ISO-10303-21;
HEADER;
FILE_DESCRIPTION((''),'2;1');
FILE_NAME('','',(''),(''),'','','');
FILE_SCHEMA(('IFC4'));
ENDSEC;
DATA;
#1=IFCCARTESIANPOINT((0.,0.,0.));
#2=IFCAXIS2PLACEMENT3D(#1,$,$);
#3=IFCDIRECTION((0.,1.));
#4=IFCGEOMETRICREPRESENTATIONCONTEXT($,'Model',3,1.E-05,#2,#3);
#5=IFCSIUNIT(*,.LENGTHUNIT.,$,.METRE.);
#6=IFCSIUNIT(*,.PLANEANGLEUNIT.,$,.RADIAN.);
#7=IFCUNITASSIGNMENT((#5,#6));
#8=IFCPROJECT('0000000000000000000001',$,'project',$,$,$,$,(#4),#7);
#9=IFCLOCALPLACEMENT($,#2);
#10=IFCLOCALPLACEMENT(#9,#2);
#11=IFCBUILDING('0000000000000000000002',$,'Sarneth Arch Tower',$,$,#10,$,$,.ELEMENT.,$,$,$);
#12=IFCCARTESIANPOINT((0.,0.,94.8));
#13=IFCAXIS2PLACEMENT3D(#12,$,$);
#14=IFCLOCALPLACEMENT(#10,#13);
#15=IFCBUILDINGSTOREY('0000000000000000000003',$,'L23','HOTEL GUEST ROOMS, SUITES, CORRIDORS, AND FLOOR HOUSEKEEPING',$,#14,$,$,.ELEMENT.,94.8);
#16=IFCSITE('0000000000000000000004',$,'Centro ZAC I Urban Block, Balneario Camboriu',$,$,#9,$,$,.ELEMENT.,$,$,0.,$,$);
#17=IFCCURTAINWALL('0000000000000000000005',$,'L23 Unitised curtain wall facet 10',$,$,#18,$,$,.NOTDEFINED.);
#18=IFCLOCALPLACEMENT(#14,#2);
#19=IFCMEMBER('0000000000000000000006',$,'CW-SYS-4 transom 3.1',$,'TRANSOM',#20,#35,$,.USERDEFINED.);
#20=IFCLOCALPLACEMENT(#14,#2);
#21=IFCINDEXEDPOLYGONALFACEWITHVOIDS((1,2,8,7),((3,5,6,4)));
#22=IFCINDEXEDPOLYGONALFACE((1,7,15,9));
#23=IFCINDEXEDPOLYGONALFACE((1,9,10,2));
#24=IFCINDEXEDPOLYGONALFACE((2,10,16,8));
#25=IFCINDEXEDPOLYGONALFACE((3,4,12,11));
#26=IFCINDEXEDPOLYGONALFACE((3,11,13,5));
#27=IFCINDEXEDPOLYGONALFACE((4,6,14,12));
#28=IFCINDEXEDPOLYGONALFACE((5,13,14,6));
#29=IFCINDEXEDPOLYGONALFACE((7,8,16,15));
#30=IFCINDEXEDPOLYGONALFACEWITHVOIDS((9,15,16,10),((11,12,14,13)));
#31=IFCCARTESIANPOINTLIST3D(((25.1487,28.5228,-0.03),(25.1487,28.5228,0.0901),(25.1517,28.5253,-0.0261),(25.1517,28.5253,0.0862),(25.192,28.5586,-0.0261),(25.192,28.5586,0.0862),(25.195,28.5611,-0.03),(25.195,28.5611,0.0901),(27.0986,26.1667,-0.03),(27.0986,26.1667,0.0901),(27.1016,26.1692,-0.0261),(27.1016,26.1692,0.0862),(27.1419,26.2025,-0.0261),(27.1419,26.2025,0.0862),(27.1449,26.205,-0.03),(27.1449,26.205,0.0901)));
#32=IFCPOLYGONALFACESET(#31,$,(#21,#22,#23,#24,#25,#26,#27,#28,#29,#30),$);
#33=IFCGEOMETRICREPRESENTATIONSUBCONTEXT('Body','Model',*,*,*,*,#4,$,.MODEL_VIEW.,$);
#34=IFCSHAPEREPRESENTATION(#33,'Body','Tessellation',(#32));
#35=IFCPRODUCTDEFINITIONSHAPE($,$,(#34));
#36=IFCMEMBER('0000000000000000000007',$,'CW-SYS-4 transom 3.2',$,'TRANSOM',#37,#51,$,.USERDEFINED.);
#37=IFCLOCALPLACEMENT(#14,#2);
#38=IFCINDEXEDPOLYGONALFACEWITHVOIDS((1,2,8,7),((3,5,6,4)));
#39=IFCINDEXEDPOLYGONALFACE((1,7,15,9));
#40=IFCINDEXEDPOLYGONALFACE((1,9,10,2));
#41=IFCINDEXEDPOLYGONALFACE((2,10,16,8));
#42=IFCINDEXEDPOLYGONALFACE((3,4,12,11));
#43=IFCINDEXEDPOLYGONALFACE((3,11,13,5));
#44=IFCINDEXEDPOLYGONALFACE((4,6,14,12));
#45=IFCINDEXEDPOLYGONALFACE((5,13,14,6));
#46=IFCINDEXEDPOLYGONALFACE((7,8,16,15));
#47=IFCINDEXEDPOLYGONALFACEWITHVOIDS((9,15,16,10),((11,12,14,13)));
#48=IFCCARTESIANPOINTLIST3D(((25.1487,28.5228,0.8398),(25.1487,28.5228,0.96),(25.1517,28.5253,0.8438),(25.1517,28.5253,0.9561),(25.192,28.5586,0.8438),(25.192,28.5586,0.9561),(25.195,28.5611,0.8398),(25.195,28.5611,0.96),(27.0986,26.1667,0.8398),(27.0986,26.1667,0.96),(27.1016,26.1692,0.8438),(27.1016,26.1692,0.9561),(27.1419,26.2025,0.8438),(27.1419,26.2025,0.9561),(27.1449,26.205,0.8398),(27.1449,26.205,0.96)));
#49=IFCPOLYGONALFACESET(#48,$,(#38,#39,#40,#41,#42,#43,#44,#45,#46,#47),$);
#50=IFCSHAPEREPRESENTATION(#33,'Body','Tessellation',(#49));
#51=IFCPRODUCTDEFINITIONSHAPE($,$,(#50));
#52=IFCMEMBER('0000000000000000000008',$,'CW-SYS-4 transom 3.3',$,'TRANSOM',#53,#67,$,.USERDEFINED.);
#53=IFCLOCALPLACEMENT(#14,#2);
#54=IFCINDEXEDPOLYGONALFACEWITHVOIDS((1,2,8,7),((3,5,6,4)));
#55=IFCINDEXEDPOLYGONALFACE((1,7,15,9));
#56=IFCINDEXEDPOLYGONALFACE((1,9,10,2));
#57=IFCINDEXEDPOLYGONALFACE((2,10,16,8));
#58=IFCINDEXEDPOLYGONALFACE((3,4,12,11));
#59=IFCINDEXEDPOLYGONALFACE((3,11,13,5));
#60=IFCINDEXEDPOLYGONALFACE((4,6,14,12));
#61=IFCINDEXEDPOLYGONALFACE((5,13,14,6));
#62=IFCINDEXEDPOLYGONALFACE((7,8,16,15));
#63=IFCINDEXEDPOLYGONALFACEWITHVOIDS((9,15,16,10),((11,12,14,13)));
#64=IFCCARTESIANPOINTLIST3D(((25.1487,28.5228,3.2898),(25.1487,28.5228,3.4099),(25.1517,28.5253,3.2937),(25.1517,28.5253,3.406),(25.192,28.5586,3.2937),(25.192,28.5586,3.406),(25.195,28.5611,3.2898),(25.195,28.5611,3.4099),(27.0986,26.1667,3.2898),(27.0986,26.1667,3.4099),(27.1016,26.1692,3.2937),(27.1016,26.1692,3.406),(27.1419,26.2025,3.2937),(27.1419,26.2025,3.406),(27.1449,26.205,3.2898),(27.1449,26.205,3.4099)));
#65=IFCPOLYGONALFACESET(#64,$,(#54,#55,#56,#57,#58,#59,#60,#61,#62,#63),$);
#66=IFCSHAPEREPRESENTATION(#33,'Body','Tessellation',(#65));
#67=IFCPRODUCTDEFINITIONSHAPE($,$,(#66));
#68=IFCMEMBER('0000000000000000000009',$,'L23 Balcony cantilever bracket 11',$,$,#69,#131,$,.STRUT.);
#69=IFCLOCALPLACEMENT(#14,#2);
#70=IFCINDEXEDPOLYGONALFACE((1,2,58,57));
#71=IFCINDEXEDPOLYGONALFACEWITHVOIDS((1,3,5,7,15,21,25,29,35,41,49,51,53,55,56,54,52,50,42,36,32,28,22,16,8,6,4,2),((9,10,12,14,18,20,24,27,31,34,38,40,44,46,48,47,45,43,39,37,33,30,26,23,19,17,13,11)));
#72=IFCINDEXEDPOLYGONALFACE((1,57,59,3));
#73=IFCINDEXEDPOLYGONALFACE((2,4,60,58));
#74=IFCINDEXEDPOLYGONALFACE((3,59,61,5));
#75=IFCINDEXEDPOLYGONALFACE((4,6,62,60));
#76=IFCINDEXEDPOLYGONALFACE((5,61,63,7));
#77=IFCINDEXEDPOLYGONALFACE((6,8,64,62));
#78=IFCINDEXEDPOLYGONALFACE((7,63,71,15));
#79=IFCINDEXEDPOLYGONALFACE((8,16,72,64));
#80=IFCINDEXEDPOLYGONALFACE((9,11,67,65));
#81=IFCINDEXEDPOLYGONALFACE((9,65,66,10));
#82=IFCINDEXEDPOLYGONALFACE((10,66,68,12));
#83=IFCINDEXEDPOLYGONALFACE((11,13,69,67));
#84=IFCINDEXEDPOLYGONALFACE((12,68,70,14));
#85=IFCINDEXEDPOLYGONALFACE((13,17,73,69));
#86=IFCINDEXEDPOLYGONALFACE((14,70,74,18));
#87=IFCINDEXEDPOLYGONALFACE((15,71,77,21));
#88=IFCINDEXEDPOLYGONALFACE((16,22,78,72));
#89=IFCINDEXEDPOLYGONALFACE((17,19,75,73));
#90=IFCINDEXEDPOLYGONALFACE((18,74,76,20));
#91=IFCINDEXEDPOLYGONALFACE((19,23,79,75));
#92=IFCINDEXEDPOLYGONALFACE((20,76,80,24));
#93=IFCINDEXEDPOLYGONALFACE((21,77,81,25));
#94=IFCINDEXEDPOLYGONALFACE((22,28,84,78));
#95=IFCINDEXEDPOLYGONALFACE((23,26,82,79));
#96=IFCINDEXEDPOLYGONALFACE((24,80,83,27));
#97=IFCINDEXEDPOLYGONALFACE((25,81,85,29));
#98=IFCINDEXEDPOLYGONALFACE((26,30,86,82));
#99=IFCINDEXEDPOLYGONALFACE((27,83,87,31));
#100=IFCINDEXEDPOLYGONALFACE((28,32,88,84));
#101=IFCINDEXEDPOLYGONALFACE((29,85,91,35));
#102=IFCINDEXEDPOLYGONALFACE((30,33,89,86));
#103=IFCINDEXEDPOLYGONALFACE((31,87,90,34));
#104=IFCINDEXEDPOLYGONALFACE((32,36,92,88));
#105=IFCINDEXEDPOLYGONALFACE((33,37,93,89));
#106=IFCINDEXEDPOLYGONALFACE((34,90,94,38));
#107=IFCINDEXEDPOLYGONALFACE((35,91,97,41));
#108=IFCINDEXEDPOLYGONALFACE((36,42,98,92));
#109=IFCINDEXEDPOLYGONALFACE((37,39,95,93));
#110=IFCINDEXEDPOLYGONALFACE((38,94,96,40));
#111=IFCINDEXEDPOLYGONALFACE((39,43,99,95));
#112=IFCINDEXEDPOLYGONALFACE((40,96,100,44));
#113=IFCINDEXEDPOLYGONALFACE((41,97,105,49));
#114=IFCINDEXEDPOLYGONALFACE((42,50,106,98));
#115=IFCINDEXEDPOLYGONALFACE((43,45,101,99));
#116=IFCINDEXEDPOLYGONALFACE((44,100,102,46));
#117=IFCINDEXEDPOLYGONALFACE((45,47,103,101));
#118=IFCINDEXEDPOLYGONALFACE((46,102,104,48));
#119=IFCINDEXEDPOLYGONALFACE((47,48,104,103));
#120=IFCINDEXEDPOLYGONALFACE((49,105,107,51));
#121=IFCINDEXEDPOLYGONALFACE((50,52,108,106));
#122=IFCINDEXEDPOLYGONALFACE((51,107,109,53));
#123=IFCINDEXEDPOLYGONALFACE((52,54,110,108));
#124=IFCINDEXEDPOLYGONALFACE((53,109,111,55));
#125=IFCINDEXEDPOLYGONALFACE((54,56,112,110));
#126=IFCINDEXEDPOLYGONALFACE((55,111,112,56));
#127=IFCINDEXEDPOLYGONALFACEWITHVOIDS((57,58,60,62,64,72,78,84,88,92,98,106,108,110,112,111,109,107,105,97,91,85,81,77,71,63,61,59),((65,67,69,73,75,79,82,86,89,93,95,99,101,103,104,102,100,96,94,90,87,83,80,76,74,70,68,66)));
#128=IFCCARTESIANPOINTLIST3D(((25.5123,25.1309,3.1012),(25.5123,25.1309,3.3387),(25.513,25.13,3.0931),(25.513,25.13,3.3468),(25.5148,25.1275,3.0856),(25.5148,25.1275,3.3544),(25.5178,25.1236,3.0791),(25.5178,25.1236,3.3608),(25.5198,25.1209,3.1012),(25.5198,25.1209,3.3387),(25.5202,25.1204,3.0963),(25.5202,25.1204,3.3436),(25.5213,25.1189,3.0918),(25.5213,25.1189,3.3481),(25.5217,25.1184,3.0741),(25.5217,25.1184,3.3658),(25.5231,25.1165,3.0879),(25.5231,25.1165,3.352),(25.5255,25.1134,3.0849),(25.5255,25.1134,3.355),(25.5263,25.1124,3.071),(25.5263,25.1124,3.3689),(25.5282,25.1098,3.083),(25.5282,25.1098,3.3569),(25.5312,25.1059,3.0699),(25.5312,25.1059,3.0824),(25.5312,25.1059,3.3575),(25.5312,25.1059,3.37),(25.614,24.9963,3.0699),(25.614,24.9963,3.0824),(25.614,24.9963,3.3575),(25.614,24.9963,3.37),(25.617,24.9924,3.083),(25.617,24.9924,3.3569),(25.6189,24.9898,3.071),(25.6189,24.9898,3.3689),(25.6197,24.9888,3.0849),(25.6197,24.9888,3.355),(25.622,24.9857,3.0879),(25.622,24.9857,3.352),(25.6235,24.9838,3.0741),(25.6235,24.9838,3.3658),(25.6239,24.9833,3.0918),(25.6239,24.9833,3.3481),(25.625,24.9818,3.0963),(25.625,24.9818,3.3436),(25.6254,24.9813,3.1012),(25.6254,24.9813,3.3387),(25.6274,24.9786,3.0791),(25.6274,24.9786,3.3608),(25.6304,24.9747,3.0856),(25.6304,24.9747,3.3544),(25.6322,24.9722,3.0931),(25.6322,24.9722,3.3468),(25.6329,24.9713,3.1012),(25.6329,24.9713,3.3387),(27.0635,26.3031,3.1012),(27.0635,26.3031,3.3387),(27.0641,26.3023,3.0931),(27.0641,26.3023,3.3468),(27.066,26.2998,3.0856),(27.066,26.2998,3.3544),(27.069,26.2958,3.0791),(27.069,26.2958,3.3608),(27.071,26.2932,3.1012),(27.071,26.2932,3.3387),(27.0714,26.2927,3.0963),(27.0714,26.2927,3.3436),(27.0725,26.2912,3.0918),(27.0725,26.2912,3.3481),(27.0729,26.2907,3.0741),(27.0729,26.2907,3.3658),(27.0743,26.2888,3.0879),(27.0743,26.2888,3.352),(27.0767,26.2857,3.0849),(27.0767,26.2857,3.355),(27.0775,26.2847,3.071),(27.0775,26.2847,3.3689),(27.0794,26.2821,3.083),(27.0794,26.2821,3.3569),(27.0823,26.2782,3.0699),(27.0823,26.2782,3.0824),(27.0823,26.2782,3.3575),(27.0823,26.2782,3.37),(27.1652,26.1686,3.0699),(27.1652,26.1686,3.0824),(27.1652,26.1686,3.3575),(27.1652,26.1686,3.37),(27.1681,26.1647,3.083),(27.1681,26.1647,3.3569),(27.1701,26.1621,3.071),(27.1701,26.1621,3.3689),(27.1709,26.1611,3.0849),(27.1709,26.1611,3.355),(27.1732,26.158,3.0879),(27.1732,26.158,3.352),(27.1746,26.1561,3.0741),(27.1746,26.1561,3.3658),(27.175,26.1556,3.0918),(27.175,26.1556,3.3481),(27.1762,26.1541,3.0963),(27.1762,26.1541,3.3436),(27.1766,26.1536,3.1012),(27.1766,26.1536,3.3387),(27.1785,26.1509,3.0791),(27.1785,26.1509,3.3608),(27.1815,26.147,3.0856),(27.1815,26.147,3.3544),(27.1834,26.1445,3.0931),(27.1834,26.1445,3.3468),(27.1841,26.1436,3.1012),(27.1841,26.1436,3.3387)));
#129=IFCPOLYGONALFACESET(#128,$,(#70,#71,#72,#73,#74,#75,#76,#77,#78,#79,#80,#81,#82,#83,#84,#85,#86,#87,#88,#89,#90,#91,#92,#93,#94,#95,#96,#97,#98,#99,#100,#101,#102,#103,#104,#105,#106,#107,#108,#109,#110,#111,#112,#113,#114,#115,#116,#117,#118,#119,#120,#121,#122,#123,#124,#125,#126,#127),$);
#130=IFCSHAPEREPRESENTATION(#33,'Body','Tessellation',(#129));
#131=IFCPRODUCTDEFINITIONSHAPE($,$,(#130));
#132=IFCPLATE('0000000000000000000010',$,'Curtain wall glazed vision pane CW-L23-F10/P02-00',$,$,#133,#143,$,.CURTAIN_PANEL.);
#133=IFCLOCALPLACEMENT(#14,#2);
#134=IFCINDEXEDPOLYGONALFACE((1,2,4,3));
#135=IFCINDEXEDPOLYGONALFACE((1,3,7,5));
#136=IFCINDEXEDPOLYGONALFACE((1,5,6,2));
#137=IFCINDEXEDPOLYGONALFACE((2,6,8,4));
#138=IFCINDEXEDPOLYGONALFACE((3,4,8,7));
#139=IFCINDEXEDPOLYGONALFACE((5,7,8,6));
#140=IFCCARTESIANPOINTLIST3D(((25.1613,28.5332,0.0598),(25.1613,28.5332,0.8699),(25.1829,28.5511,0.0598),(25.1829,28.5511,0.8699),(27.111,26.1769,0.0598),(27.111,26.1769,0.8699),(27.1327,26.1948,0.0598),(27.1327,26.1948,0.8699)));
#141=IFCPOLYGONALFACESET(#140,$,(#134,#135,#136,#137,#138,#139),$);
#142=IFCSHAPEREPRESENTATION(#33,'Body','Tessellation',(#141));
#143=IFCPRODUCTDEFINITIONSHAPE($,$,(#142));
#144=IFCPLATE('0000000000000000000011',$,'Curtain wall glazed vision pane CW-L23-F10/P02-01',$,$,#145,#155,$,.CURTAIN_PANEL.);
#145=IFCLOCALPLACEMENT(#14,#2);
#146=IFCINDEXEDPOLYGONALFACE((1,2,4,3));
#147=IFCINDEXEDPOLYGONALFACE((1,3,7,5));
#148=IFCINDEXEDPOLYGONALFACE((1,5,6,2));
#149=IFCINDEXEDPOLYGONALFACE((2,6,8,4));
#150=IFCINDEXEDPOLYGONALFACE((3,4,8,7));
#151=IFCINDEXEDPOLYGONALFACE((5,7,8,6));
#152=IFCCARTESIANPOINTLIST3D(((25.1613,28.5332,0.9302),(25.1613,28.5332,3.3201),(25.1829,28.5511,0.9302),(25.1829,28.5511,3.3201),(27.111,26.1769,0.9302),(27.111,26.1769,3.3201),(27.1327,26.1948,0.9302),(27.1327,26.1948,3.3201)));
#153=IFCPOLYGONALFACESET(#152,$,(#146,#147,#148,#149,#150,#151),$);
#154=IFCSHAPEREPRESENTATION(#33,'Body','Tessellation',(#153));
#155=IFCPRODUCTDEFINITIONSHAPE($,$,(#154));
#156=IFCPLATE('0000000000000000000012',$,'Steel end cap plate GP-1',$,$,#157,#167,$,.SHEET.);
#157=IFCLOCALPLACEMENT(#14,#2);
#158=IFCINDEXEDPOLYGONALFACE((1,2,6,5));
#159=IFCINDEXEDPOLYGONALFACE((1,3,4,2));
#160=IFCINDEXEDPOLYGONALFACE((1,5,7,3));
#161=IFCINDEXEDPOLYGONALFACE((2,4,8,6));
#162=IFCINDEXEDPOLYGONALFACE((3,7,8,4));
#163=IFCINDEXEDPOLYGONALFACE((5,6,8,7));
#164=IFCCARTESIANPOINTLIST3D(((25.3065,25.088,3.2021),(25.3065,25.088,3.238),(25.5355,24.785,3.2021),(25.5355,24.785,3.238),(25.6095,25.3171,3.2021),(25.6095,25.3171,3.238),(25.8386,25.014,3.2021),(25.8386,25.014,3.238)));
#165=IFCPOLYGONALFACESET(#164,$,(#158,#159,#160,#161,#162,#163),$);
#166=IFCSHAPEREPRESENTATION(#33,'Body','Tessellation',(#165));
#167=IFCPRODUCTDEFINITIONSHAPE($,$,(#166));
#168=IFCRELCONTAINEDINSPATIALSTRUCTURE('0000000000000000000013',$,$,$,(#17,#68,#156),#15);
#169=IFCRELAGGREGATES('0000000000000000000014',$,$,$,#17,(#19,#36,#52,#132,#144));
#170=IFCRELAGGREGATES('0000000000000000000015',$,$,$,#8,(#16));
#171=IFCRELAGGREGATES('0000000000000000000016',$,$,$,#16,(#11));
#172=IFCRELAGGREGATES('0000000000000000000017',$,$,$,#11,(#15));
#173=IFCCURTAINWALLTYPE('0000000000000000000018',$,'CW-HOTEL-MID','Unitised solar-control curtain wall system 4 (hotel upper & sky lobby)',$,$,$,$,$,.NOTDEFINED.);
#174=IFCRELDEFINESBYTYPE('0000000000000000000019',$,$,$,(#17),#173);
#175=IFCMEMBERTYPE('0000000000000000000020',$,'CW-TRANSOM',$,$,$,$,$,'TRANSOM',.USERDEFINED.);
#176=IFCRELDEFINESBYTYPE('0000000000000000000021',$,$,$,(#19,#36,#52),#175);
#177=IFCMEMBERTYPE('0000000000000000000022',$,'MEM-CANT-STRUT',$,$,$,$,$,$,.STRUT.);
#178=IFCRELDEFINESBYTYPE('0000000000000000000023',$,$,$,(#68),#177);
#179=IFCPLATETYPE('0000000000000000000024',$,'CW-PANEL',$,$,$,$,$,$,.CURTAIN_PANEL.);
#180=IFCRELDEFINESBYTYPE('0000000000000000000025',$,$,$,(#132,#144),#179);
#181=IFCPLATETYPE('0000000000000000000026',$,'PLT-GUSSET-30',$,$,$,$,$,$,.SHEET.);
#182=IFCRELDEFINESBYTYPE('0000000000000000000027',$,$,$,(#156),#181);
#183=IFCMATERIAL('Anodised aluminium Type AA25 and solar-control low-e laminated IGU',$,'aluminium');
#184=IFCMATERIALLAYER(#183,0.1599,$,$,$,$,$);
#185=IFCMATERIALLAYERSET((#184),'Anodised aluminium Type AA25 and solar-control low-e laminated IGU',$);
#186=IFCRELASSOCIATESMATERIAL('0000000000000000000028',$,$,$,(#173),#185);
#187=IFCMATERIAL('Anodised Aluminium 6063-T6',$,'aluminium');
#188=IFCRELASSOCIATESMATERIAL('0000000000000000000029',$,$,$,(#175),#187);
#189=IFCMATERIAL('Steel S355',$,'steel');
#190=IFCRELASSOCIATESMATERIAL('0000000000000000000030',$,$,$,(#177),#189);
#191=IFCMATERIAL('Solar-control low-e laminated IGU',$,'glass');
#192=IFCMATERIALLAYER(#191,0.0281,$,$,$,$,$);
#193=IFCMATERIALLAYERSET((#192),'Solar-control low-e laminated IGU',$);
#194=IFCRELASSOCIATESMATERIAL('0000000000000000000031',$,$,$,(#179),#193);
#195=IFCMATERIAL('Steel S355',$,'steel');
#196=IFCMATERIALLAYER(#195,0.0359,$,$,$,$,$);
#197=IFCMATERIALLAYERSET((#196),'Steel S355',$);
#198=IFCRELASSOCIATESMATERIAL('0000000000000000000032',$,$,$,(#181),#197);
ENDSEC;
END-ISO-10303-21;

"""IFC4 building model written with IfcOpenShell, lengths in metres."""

from ifc_helpers import new_model, si_unit, direction, frame, origin, origin_2d, place, context, subcontext, project, spatial, rectangle, hollow_rectangle, extrude, material, layer, layer_set, material_profile, profile_set, type_object, element, aggregate, save


model = new_model("IFC4")

# Units and contexts
model_context = context("Model", 3, precision=1e-05, world=origin(), true_north=direction((0.0, 1.0)))
body_context = subcontext(model_context, "Body", "Model", "MODEL_VIEW")
ifc_project = project(units=[si_unit("LENGTHUNIT", "METRE"), si_unit("PLANEANGLEUNIT", "RADIAN")], contexts=[model_context])

# Site, building, storey
site_placement = place(None, origin())
site = spatial("IfcSite", under=ifc_project, at=site_placement, Name="Centro ZAC I Urban Block, Balneario Camboriu", CompositionType="ELEMENT", RefElevation=0.0)
building_placement = place(site_placement, origin())
building = spatial("IfcBuilding", under=site, at=building_placement, Name="Sarneth Arch Tower", CompositionType="ELEMENT")
storey_placement = place(building_placement, frame((0.0, 0.0, 94.8)))
storey = spatial("IfcBuildingStorey", under=building, at=storey_placement, Name="L23", Description="HOTEL GUEST ROOMS, SUITES, CORRIDORS, AND FLOOR HOUSEKEEPING", CompositionType="ELEMENT", Elevation=94.8)

# Curtain wall, members
ifc_material_1 = material(Name="Anodised aluminium Type AA25 and solar-control low-e laminated IGU", Category="aluminium")
ifc_layer_1 = layer(ifc_material_1, 0.1599)
ifc_layer_set_1 = layer_set([ifc_layer_1], Name="Anodised aluminium Type AA25 and solar-control low-e laminated IGU")
curtain_wall_type = type_object("IfcCurtainWallType", Name="CW-HOTEL-MID", Description="Unitised solar-control curtain wall system 4 (hotel upper & sky lobby)", PredefinedType="NOTDEFINED", material=ifc_layer_set_1)
curtain_wall_placement = place(storey_placement, origin())
curtain_wall = element("IfcCurtainWall", 1, at=curtain_wall_placement, inside=storey, type_object=curtain_wall_type, Name="L23 Unitised curtain wall facet 10", PredefinedType="NOTDEFINED")
ifc_material_2 = material(Name="Anodised Aluminium 6063-T6", Category="aluminium")
ifc_material_profile_1 = material_profile(ifc_material_2, hollow_rectangle(XDim=0.0601, YDim=0.1201, WallThickness=0.0039, at=origin_2d()), Name="AL-TRAN-120x60x4")
ifc_profile_set_1 = profile_set([ifc_material_profile_1], Name="Anodised Aluminium 6063-T6")
member_type_1 = type_object("IfcMemberType", Name="CW-TRANSOM", ElementType="TRANSOM", PredefinedType="USERDEFINED", material=ifc_profile_set_1)
member_1_placement = place(storey_placement, frame((25.1719, 28.542, 0.03), z_axis=(0.637566, -0.770396, 0.0), x_axis=(0.770396, 0.637566, 0.0)))
member_1 = element("IfcMember", 2, at=member_1_placement, type_object=member_type_1, Name="CW-SYS-4 transom 3.1", ObjectType="TRANSOM", PredefinedType="USERDEFINED", context=body_context, shape_type="SweptSolid", body=[
    extrude(hollow_rectangle(XDim=0.0601, YDim=0.1201, WallThickness=0.0039, at=origin_2d()), origin(), (0.0, 0.0, 1.0), 3.0583),
])
member_2_placement = place(storey_placement, frame((25.1719, 28.542, 0.8999), z_axis=(0.637566, -0.770396, 0.0), x_axis=(0.770396, 0.637566, 0.0)))
member_2 = element("IfcMember", 3, at=member_2_placement, type_object=member_type_1, Name="CW-SYS-4 transom 3.2", ObjectType="TRANSOM", PredefinedType="USERDEFINED", context=body_context, shape_type="SweptSolid", body=[
    extrude(hollow_rectangle(XDim=0.0601, YDim=0.1201, WallThickness=0.0039, at=origin_2d()), origin(), (0.0, 0.0, 1.0), 3.0583),
])
member_3_placement = place(storey_placement, frame((25.1719, 28.542, 3.3499), z_axis=(0.637566, -0.770396, 0.0), x_axis=(0.770396, 0.637566, 0.0)))
member_3 = element("IfcMember", 4, at=member_3_placement, type_object=member_type_1, Name="CW-SYS-4 transom 3.3", ObjectType="TRANSOM", PredefinedType="USERDEFINED", context=body_context, shape_type="SweptSolid", body=[
    extrude(hollow_rectangle(XDim=0.0601, YDim=0.1201, WallThickness=0.0039, at=origin_2d()), origin(), (0.0, 0.0, 1.0), 3.0583),
])

# Member
ifc_material_3 = material(Name="Steel S355", Category="steel")
ifc_material_profile_2 = material_profile(ifc_material_3, hollow_rectangle(XDim=0.2, YDim=0.3, WallThickness=0.0125, InnerFilletRadius=0.0188, OuterFilletRadius=0.0312, at=origin_2d()), Name="RHS300x200x12.5")
ifc_profile_set_2 = profile_set([ifc_material_profile_2], Name="Steel S355")
member_type_2 = type_object("IfcMemberType", Name="MEM-CANT-STRUT", PredefinedType="STRUT", material=ifc_profile_set_2)
member_4_placement = place(storey_placement, frame((27.1238, 26.2234, 3.22), z_axis=(-0.797795, -0.602929, 0.0), x_axis=(0.602929, -0.797795, 0.0)))
element("IfcMember", 5, at=member_4_placement, inside=storey, type_object=member_type_2, Name="L23 Balcony cantilever bracket 11", PredefinedType="STRUT", context=body_context, shape_type="SweptSolid", body=[
    extrude(hollow_rectangle(XDim=0.2, YDim=0.3, WallThickness=0.0125, InnerFilletRadius=0.0188, OuterFilletRadius=0.0312, at=origin_2d()), origin(), (0.0, 0.0, 1.0), 1.9443),
])

# Plates
ifc_material_4 = material(Name="Solar-control low-e laminated IGU", Category="glass")
ifc_layer_2 = layer(ifc_material_4, 0.0281)
ifc_layer_set_2 = layer_set([ifc_layer_2], Name="Solar-control low-e laminated IGU")
plate_type_1 = type_object("IfcPlateType", Name="CW-PANEL", PredefinedType="CURTAIN_PANEL", material=ifc_layer_set_2)
plate_1_placement = place(storey_placement, frame((26.147, 27.364, 0.0598), z_axis=(0.0, 0.0, 1.0), x_axis=(0.637515, -0.770438, 0.0)))
plate_1 = element("IfcPlate", 6, at=plate_1_placement, type_object=plate_type_1, Name="Curtain wall glazed vision pane CW-L23-F10/P02-00", PredefinedType="CURTAIN_PANEL", context=body_context, shape_type="SweptSolid", body=[
    extrude(rectangle(XDim=3.0583, YDim=0.0281, at=origin_2d()), origin(), (0.0, 0.0, 1.0), 0.8101),
])
plate_2_placement = place(storey_placement, frame((26.147, 27.364, 0.9302), z_axis=(0.0, 0.0, 1.0), x_axis=(0.637515, -0.770438, 0.0)))
plate_2 = element("IfcPlate", 7, at=plate_2_placement, type_object=plate_type_1, Name="Curtain wall glazed vision pane CW-L23-F10/P02-01", PredefinedType="CURTAIN_PANEL", context=body_context, shape_type="SweptSolid", body=[
    extrude(rectangle(XDim=3.0583, YDim=0.0281, at=origin_2d()), origin(), (0.0, 0.0, 1.0), 2.3899),
])
aggregate(curtain_wall, [member_1, member_2, member_3, plate_1, plate_2])
ifc_material_5 = material(Name="Steel S355", Category="steel")
ifc_layer_3 = layer(ifc_material_5, 0.0359)
ifc_layer_set_3 = layer_set([ifc_layer_3], Name="Steel S355")
plate_type_2 = type_object("IfcPlateType", Name="PLT-GUSSET-30", PredefinedType="SHEET", material=ifc_layer_set_3)
plate_3_placement = place(storey_placement, frame((25.5725, 25.051, 3.2021), z_axis=(0.0, 0.0, 1.0), x_axis=(-0.797794, -0.60293, 0.0)))
element("IfcPlate", 8, at=plate_3_placement, inside=storey, type_object=plate_type_2, Name="Steel end cap plate GP-1", PredefinedType="SHEET", context=body_context, shape_type="SweptSolid", body=[
    extrude(rectangle(XDim=0.3799, YDim=0.3799, at=origin_2d()), origin(), (0.0, 0.0, 1.0), 0.0359),
])

save(model, "model.ifc")
